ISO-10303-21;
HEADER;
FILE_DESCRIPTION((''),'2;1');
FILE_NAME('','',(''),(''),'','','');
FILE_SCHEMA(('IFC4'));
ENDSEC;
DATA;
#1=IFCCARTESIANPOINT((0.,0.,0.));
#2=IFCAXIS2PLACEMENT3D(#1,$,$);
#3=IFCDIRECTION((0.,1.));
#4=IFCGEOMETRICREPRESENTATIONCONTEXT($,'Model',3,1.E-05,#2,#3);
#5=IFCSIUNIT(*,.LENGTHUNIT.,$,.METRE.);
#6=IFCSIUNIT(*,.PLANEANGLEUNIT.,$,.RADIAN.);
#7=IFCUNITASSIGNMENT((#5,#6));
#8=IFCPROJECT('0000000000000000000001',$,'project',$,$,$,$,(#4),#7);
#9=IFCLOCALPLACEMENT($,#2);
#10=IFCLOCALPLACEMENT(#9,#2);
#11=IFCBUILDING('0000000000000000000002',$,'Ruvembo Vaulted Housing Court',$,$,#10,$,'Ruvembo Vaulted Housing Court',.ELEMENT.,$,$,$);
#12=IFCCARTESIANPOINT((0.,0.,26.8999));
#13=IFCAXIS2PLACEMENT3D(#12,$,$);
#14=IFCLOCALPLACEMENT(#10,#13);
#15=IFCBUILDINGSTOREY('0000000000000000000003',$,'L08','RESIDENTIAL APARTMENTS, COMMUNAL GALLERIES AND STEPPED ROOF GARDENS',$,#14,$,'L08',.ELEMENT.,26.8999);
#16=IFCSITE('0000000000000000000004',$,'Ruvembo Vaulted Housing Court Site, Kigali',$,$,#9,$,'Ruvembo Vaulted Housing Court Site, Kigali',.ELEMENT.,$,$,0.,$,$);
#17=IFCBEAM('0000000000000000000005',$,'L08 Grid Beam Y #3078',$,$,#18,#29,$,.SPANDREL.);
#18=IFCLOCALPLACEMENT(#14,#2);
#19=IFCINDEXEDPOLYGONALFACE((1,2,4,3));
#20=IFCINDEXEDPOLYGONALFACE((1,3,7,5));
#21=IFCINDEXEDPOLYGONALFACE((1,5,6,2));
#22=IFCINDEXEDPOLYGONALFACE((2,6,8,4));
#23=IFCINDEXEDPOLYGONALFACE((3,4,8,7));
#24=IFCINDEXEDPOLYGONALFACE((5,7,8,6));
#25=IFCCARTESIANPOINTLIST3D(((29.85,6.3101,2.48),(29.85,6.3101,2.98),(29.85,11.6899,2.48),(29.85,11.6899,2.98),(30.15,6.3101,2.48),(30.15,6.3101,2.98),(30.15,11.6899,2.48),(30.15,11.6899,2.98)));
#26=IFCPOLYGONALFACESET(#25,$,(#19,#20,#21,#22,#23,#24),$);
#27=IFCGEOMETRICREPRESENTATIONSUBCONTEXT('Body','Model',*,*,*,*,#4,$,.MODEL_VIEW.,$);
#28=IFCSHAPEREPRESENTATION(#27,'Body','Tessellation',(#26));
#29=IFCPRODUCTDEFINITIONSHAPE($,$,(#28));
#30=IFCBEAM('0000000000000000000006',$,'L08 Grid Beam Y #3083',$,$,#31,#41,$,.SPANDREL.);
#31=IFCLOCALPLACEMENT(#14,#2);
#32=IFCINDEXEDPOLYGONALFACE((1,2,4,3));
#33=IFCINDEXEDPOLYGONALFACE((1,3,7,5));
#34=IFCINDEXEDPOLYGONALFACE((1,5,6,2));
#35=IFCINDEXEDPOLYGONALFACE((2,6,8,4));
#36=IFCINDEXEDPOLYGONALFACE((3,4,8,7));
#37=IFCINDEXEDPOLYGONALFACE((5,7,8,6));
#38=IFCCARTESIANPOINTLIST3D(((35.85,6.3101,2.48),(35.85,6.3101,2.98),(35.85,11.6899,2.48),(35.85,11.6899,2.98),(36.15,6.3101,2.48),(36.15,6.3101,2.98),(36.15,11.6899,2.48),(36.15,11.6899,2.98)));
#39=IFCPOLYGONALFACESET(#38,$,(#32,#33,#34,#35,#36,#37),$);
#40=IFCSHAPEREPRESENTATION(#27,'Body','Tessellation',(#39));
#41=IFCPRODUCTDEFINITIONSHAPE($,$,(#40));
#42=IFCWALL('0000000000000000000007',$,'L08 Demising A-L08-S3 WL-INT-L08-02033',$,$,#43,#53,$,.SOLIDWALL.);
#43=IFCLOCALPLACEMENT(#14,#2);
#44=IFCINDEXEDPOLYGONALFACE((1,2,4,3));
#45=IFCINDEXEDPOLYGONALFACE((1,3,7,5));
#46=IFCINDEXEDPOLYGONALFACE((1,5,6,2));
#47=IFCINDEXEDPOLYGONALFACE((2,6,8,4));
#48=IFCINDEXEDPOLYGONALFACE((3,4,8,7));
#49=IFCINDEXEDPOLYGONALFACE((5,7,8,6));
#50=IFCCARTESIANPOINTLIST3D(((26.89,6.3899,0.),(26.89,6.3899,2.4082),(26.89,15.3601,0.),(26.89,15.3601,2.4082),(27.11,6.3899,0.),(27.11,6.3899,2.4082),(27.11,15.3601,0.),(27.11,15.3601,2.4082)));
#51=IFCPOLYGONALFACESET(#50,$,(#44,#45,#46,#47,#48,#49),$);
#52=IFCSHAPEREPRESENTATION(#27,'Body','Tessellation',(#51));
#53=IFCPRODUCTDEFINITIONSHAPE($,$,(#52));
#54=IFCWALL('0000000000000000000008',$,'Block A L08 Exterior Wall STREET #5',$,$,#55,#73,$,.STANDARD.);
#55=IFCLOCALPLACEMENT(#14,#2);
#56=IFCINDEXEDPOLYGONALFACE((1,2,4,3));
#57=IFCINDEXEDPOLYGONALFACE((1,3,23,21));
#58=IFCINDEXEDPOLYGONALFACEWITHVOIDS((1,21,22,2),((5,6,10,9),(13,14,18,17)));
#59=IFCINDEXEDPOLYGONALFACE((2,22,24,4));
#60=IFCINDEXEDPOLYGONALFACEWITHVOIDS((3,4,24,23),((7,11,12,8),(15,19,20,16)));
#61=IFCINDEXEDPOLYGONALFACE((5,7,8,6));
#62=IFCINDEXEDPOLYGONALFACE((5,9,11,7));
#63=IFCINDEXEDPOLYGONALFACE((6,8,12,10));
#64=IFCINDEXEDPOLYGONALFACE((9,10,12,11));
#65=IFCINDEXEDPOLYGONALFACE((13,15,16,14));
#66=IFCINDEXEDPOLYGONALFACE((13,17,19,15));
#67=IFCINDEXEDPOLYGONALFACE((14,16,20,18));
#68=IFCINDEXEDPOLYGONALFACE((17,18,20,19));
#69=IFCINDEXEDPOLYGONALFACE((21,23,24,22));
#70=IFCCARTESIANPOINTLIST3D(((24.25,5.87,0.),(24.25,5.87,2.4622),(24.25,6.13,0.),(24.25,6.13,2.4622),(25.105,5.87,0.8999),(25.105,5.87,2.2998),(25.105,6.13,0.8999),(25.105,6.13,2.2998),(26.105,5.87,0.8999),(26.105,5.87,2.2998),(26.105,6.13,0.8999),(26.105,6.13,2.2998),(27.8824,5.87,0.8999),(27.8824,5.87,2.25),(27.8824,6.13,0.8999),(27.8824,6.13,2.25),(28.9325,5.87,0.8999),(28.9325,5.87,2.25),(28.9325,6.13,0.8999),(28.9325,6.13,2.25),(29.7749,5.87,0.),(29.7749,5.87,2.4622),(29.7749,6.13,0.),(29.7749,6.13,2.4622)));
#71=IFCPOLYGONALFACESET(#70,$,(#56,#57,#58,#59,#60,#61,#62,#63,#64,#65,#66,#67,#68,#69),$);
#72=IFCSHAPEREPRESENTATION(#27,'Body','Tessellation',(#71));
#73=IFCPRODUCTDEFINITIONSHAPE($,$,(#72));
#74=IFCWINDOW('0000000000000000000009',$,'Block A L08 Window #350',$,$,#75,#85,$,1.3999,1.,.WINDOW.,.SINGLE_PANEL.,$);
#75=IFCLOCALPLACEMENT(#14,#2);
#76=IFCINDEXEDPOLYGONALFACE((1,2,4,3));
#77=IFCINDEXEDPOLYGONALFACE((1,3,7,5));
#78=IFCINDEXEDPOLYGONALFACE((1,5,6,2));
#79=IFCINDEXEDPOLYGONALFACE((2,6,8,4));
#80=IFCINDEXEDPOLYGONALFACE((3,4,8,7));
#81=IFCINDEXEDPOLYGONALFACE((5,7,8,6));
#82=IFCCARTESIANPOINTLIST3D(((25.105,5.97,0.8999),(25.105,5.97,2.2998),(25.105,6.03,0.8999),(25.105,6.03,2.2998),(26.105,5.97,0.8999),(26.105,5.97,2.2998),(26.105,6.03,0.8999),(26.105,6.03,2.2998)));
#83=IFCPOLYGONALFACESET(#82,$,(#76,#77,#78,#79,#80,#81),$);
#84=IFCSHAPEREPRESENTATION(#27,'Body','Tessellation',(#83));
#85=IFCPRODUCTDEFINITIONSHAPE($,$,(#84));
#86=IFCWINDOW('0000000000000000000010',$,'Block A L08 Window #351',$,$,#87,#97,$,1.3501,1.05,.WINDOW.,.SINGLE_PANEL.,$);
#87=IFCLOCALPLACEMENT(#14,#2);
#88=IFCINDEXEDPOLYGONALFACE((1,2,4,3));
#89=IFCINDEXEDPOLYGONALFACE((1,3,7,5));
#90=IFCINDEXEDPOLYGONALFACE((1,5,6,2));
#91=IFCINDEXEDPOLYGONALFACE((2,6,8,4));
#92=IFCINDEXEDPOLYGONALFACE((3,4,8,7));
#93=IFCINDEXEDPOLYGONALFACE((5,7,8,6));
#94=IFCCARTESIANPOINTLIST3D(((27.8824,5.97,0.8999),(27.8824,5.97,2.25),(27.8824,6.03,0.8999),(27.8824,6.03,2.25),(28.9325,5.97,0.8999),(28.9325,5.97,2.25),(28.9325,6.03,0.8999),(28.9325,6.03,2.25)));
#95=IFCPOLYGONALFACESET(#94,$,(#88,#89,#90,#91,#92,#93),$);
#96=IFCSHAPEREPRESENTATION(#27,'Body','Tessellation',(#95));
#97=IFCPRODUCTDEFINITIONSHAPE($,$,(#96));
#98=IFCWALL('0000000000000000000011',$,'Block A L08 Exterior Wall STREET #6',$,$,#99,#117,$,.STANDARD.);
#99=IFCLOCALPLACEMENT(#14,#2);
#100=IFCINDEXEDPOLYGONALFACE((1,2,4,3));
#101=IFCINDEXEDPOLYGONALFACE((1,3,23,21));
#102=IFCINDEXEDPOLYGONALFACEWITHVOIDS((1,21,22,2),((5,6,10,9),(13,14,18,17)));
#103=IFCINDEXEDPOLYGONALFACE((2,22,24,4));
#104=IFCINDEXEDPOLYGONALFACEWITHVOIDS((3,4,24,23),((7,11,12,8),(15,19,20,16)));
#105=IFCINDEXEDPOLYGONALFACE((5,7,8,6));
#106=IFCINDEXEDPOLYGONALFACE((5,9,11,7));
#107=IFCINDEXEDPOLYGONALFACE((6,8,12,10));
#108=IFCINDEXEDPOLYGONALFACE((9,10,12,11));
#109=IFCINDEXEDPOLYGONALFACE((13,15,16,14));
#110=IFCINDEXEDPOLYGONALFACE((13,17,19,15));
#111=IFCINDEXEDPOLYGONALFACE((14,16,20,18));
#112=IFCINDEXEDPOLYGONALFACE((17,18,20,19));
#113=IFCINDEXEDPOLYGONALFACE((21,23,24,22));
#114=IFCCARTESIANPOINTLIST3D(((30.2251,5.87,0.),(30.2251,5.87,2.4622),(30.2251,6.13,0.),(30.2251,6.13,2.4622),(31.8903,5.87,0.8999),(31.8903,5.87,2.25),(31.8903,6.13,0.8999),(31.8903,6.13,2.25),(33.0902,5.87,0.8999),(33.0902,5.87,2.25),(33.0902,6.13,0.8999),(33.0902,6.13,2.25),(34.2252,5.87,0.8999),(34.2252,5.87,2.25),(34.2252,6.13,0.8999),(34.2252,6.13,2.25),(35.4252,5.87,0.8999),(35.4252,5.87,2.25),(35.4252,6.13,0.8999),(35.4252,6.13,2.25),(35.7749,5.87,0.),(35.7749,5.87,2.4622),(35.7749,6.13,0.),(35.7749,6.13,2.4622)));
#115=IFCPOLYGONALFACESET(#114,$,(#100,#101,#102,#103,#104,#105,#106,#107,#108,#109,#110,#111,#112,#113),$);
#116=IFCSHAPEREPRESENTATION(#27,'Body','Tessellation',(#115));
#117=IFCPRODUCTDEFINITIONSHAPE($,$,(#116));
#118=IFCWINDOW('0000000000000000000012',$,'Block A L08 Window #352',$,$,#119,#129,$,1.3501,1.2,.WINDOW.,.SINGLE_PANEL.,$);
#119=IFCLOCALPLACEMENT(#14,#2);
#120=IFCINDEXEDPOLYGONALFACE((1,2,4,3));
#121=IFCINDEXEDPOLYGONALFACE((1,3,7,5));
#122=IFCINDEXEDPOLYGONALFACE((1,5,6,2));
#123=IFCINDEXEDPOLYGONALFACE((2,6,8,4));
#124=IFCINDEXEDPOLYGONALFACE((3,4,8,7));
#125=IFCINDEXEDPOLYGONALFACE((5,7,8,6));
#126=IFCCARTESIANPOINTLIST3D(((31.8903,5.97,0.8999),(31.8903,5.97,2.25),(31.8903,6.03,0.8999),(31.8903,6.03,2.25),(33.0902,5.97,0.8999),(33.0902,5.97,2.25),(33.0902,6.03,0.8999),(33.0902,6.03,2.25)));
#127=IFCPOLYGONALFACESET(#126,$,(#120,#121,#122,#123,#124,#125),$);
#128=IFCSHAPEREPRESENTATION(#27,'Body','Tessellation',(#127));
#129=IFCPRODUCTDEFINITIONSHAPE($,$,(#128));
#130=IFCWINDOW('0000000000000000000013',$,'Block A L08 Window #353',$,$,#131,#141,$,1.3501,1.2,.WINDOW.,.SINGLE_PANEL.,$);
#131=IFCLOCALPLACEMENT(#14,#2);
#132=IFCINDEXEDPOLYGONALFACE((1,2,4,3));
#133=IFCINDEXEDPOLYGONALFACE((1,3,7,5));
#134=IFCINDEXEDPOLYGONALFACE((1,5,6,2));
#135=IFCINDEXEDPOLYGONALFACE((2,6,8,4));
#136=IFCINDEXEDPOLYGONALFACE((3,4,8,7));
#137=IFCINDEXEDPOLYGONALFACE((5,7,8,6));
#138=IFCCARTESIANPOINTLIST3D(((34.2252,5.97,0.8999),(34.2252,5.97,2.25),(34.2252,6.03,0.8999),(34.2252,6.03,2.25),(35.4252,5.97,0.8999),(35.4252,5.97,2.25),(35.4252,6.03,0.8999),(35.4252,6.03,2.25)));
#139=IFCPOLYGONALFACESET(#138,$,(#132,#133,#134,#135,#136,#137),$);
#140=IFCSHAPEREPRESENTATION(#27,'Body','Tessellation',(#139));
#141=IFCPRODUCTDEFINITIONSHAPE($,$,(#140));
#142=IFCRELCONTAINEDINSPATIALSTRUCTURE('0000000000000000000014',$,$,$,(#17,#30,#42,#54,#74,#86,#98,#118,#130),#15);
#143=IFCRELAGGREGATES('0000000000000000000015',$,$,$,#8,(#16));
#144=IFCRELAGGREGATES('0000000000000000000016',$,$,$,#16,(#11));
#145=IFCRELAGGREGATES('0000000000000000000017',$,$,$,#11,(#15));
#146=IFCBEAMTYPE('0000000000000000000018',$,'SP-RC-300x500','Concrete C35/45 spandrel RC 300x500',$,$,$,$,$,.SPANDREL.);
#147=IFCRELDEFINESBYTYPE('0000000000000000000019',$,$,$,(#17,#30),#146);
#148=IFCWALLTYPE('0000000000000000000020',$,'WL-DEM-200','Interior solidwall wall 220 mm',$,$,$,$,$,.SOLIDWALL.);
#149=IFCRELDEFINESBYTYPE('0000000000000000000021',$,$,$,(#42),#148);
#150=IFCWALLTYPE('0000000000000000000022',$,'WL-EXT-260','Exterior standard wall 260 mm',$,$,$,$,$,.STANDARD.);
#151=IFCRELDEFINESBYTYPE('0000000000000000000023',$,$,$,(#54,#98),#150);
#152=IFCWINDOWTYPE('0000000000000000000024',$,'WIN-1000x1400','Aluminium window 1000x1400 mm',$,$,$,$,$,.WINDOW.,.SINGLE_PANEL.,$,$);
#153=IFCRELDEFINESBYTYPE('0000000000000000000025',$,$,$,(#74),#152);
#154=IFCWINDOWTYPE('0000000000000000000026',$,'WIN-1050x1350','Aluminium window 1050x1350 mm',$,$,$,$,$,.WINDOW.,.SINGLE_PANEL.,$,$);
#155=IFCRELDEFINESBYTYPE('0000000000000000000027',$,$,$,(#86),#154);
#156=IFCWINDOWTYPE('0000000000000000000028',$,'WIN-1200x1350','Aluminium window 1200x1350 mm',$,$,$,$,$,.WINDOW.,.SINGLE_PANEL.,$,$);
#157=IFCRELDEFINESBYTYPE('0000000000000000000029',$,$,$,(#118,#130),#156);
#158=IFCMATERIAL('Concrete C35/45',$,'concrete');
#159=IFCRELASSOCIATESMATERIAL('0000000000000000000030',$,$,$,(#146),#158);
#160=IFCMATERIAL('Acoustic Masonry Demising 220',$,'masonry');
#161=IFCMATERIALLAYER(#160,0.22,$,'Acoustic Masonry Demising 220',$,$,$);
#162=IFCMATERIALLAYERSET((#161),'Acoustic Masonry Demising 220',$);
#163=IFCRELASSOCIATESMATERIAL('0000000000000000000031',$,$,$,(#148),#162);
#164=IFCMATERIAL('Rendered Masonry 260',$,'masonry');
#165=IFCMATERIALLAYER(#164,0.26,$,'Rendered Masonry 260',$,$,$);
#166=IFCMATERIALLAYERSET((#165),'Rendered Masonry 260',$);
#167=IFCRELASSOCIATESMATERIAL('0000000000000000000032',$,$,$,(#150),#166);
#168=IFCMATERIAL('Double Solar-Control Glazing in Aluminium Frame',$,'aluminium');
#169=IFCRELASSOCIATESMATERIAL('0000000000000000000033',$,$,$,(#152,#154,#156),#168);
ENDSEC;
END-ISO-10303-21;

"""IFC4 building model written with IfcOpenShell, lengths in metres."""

from ifc_helpers import new_model, si_unit, direction, frame, frame_2d, origin, origin_2d, place, context, subcontext, project, spatial, rectangle, extrude, material, layer, layer_set, material_profile, profile_set, type_object, element, fill, save


model = new_model("IFC4")

# Units and contexts
model_context = context("Model", 3, precision=1e-05, world=origin(), true_north=direction((0.0, 1.0)))
body_context = subcontext(model_context, "Body", "Model", "MODEL_VIEW")
ifc_project = project(units=[si_unit("LENGTHUNIT", "METRE"), si_unit("PLANEANGLEUNIT", "RADIAN")], contexts=[model_context])

# Site, building, storey
site_placement = place(None, origin())
site = spatial("IfcSite", under=ifc_project, at=site_placement, Name="Ruvembo Vaulted Housing Court Site, Kigali", LongName="Ruvembo Vaulted Housing Court Site, Kigali", CompositionType="ELEMENT", RefElevation=0.0)
building_placement = place(site_placement, origin())
building = spatial("IfcBuilding", under=site, at=building_placement, Name="Ruvembo Vaulted Housing Court", LongName="Ruvembo Vaulted Housing Court", CompositionType="ELEMENT")
storey_placement = place(building_placement, frame((0.0, 0.0, 26.8999)))
storey = spatial("IfcBuildingStorey", under=building, at=storey_placement, Name="L08", Description="RESIDENTIAL APARTMENTS, COMMUNAL GALLERIES AND STEPPED ROOF GARDENS", LongName="L08", CompositionType="ELEMENT", Elevation=26.8999)

# Shared definitions
ifc_material_1 = material(Name="Concrete C35/45", Category="concrete")

# Beams
ifc_material_profile_1 = material_profile(ifc_material_1, rectangle(XDim=0.3, YDim=0.5, at=origin_2d()), Name="RC 300x500")
ifc_profile_set_1 = profile_set([ifc_material_profile_1], Name="Concrete C35/45")
beam_type_1 = type_object("IfcBeamType", Name="SP-RC-300x500", Description="Concrete C35/45 spandrel RC 300x500", PredefinedType="SPANDREL", material=ifc_profile_set_1)
for number, where, z_axis, x_axis, name in (
    (1, (30.0, 6.3101, 2.73), (0.0, 1.0, 0.0), (-1.0, 0.0, 0.0), "L08 Grid Beam Y #3078"),
    (2, (36.0, 6.3101, 2.73), (0.0, 1.0, 0.0), (-1.0, 0.0, 0.0), "L08 Grid Beam Y #3083"),
):
    element("IfcBeam", number, at=place(storey_placement, frame(where, z_axis=z_axis, x_axis=x_axis)), inside=storey, type_object=beam_type_1, Name=name, PredefinedType="SPANDREL", context=body_context, shape_type="SweptSolid", body=[
        extrude(rectangle(XDim=0.3, YDim=0.5, at=origin_2d()), origin(), (0.0, 0.0, 1.0), 5.3799),
    ])

# Wall
ifc_material_2 = material(Name="Acoustic Masonry Demising 220", Category="masonry")
ifc_layer_1 = layer(ifc_material_2, 0.22, Name="Acoustic Masonry Demising 220")
ifc_layer_set_1 = layer_set([ifc_layer_1], Name="Acoustic Masonry Demising 220")
wall_type_1 = type_object("IfcWallType", Name="WL-DEM-200", Description="Interior solidwall wall 220 mm", PredefinedType="SOLIDWALL", material=ifc_layer_set_1)
wall_1_placement = place(storey_placement, frame((27.0, 6.3899, 0.0), z_axis=(0.0, 0.0, 1.0), x_axis=(0.0, 1.0, 0.0)))
element("IfcWall", 3, at=wall_1_placement, inside=storey, type_object=wall_type_1, Name="L08 Demising A-L08-S3 WL-INT-L08-02033", PredefinedType="SOLIDWALL", context=body_context, shape_type="SweptSolid", body=[
    extrude(rectangle(XDim=8.9702, YDim=0.22, at=frame_2d((4.4851, 0.0))), origin(), (0.0, 0.0, 1.0), 2.4082),
])

# Walls, openings, windows
ifc_material_3 = material(Name="Rendered Masonry 260", Category="masonry")
ifc_layer_2 = layer(ifc_material_3, 0.26, Name="Rendered Masonry 260")
ifc_layer_set_2 = layer_set([ifc_layer_2], Name="Rendered Masonry 260")
wall_type_2 = type_object("IfcWallType", Name="WL-EXT-260", Description="Exterior standard wall 260 mm", PredefinedType="STANDARD", material=ifc_layer_set_2)
wall_2_placement = place(storey_placement, frame((24.25, 6.0, 0.0), z_axis=(0.0, 0.0, 1.0), x_axis=(1.0, 0.0, 0.0)))
wall_2 = element("IfcWall", 4, at=wall_2_placement, inside=storey, type_object=wall_type_2, Name="Block A L08 Exterior Wall STREET #5", PredefinedType="STANDARD", context=body_context, shape_type="SweptSolid", body=[
    extrude(rectangle(XDim=5.5249, YDim=0.26, at=frame_2d((2.7625, 0.0))), origin(), (0.0, 0.0, 1.0), 2.4622),
])
opening_1_placement = place(wall_2_placement, frame((0.855, 0.0, 0.8999)))
opening_1 = element("IfcOpeningElement", 5, at=opening_1_placement, cuts=wall_2, PredefinedType="OPENING", context=body_context, shape_type="SweptSolid", body=[
    extrude(rectangle(XDim=1.0, YDim=1.3999, at=frame_2d((0.5, 0.7))), frame((0.0, 0.1399, 0.0), z_axis=(0.0, -1.0, 0.0), x_axis=(1.0, 0.0, 0.0)), (0.0, 0.0, 1.0), 0.28),
])
opening_2_placement = place(wall_2_placement, frame((3.6326, 0.0, 0.8999)))
opening_2 = element("IfcOpeningElement", 6, at=opening_2_placement, cuts=wall_2, PredefinedType="OPENING", context=body_context, shape_type="SweptSolid", body=[
    extrude(rectangle(XDim=1.05, YDim=1.3501, at=frame_2d((0.5249, 0.675))), frame((0.0, 0.1399, 0.0), z_axis=(0.0, -1.0, 0.0), x_axis=(1.0, 0.0, 0.0)), (0.0, 0.0, 1.0), 0.28),
])
ifc_material_4 = material(Name="Double Solar-Control Glazing in Aluminium Frame", Category="aluminium")
window_type_1 = type_object("IfcWindowType", Name="WIN-1000x1400", Description="Aluminium window 1000x1400 mm", PartitioningType="SINGLE_PANEL", PredefinedType="WINDOW", material=ifc_material_4)
window_1_placement = place(opening_1_placement, origin())
window_1 = element("IfcWindow", 7, at=window_1_placement, inside=storey, type_object=window_type_1, Name="Block A L08 Window #350", OverallHeight=1.3999, OverallWidth=1.0, PartitioningType="SINGLE_PANEL", PredefinedType="WINDOW", context=body_context, shape_type="SweptSolid", body=[
    extrude(rectangle(XDim=1.0, YDim=1.3999, at=frame_2d((0.5, 0.7))), frame((0.0, 0.03, 0.0), z_axis=(0.0, -1.0, 0.0), x_axis=(1.0, 0.0, 0.0)), (0.0, 0.0, 1.0), 0.0601),
])
fill(opening_1, window_1)
window_type_2 = type_object("IfcWindowType", Name="WIN-1050x1350", Description="Aluminium window 1050x1350 mm", PartitioningType="SINGLE_PANEL", PredefinedType="WINDOW", material=ifc_material_4)
window_2_placement = place(opening_2_placement, origin())
window_2 = element("IfcWindow", 8, at=window_2_placement, inside=storey, type_object=window_type_2, Name="Block A L08 Window #351", OverallHeight=1.3501, OverallWidth=1.05, PartitioningType="SINGLE_PANEL", PredefinedType="WINDOW", context=body_context, shape_type="SweptSolid", body=[
    extrude(rectangle(XDim=1.05, YDim=1.3501, at=frame_2d((0.5249, 0.675))), frame((0.0, 0.03, 0.0), z_axis=(0.0, -1.0, 0.0), x_axis=(1.0, 0.0, 0.0)), (0.0, 0.0, 1.0), 0.0601),
])
fill(opening_2, window_2)
wall_3_placement = place(storey_placement, frame((30.2251, 6.0, 0.0), z_axis=(0.0, 0.0, 1.0), x_axis=(1.0, 0.0, 0.0)))
wall_3 = element("IfcWall", 9, at=wall_3_placement, inside=storey, type_object=wall_type_2, Name="Block A L08 Exterior Wall STREET #6", PredefinedType="STANDARD", context=body_context, shape_type="SweptSolid", body=[
    extrude(rectangle(XDim=5.5498, YDim=0.26, at=frame_2d((2.7749, 0.0))), origin(), (0.0, 0.0, 1.0), 2.4622),
])
opening_3_placement = place(wall_3_placement, frame((1.665, 0.0, 0.8999)))
opening_3 = element("IfcOpeningElement", 10, at=opening_3_placement, cuts=wall_3, PredefinedType="OPENING", context=body_context, shape_type="SweptSolid", body=[
    extrude(rectangle(XDim=1.2, YDim=1.3501, at=frame_2d((0.6001, 0.675))), frame((0.0, 0.1399, 0.0), z_axis=(0.0, -1.0, 0.0), x_axis=(1.0, 0.0, 0.0)), (0.0, 0.0, 1.0), 0.28),
])
opening_4_placement = place(wall_3_placement, frame((4.0, 0.0, 0.8999)))
opening_4 = element("IfcOpeningElement", 11, at=opening_4_placement, cuts=wall_3, PredefinedType="OPENING", context=body_context, shape_type="SweptSolid", body=[
    extrude(rectangle(XDim=1.2, YDim=1.3501, at=frame_2d((0.6001, 0.675))), frame((0.0, 0.1399, 0.0), z_axis=(0.0, -1.0, 0.0), x_axis=(1.0, 0.0, 0.0)), (0.0, 0.0, 1.0), 0.28),
])
window_type_3 = type_object("IfcWindowType", Name="WIN-1200x1350", Description="Aluminium window 1200x1350 mm", PartitioningType="SINGLE_PANEL", PredefinedType="WINDOW", material=ifc_material_4)
window_3_placement = place(opening_3_placement, origin())
window_3 = element("IfcWindow", 12, at=window_3_placement, inside=storey, type_object=window_type_3, Name="Block A L08 Window #352", OverallHeight=1.3501, OverallWidth=1.2, PartitioningType="SINGLE_PANEL", PredefinedType="WINDOW", context=body_context, shape_type="SweptSolid", body=[
    extrude(rectangle(XDim=1.2, YDim=1.3501, at=frame_2d((0.6001, 0.675))), frame((0.0, 0.03, 0.0), z_axis=(0.0, -1.0, 0.0), x_axis=(1.0, 0.0, 0.0)), (0.0, 0.0, 1.0), 0.0601),
])
fill(opening_3, window_3)
window_4_placement = place(opening_4_placement, origin())
window_4 = element("IfcWindow", 13, at=window_4_placement, inside=storey, type_object=window_type_3, Name="Block A L08 Window #353", OverallHeight=1.3501, OverallWidth=1.2, PartitioningType="SINGLE_PANEL", PredefinedType="WINDOW", context=body_context, shape_type="SweptSolid", body=[
    extrude(rectangle(XDim=1.2, YDim=1.3501, at=frame_2d((0.6001, 0.675))), frame((0.0, 0.03, 0.0), z_axis=(0.0, -1.0, 0.0), x_axis=(1.0, 0.0, 0.0)), (0.0, 0.0, 1.0), 0.0601),
])
fill(opening_4, window_4)

save(model, "model.ifc")
